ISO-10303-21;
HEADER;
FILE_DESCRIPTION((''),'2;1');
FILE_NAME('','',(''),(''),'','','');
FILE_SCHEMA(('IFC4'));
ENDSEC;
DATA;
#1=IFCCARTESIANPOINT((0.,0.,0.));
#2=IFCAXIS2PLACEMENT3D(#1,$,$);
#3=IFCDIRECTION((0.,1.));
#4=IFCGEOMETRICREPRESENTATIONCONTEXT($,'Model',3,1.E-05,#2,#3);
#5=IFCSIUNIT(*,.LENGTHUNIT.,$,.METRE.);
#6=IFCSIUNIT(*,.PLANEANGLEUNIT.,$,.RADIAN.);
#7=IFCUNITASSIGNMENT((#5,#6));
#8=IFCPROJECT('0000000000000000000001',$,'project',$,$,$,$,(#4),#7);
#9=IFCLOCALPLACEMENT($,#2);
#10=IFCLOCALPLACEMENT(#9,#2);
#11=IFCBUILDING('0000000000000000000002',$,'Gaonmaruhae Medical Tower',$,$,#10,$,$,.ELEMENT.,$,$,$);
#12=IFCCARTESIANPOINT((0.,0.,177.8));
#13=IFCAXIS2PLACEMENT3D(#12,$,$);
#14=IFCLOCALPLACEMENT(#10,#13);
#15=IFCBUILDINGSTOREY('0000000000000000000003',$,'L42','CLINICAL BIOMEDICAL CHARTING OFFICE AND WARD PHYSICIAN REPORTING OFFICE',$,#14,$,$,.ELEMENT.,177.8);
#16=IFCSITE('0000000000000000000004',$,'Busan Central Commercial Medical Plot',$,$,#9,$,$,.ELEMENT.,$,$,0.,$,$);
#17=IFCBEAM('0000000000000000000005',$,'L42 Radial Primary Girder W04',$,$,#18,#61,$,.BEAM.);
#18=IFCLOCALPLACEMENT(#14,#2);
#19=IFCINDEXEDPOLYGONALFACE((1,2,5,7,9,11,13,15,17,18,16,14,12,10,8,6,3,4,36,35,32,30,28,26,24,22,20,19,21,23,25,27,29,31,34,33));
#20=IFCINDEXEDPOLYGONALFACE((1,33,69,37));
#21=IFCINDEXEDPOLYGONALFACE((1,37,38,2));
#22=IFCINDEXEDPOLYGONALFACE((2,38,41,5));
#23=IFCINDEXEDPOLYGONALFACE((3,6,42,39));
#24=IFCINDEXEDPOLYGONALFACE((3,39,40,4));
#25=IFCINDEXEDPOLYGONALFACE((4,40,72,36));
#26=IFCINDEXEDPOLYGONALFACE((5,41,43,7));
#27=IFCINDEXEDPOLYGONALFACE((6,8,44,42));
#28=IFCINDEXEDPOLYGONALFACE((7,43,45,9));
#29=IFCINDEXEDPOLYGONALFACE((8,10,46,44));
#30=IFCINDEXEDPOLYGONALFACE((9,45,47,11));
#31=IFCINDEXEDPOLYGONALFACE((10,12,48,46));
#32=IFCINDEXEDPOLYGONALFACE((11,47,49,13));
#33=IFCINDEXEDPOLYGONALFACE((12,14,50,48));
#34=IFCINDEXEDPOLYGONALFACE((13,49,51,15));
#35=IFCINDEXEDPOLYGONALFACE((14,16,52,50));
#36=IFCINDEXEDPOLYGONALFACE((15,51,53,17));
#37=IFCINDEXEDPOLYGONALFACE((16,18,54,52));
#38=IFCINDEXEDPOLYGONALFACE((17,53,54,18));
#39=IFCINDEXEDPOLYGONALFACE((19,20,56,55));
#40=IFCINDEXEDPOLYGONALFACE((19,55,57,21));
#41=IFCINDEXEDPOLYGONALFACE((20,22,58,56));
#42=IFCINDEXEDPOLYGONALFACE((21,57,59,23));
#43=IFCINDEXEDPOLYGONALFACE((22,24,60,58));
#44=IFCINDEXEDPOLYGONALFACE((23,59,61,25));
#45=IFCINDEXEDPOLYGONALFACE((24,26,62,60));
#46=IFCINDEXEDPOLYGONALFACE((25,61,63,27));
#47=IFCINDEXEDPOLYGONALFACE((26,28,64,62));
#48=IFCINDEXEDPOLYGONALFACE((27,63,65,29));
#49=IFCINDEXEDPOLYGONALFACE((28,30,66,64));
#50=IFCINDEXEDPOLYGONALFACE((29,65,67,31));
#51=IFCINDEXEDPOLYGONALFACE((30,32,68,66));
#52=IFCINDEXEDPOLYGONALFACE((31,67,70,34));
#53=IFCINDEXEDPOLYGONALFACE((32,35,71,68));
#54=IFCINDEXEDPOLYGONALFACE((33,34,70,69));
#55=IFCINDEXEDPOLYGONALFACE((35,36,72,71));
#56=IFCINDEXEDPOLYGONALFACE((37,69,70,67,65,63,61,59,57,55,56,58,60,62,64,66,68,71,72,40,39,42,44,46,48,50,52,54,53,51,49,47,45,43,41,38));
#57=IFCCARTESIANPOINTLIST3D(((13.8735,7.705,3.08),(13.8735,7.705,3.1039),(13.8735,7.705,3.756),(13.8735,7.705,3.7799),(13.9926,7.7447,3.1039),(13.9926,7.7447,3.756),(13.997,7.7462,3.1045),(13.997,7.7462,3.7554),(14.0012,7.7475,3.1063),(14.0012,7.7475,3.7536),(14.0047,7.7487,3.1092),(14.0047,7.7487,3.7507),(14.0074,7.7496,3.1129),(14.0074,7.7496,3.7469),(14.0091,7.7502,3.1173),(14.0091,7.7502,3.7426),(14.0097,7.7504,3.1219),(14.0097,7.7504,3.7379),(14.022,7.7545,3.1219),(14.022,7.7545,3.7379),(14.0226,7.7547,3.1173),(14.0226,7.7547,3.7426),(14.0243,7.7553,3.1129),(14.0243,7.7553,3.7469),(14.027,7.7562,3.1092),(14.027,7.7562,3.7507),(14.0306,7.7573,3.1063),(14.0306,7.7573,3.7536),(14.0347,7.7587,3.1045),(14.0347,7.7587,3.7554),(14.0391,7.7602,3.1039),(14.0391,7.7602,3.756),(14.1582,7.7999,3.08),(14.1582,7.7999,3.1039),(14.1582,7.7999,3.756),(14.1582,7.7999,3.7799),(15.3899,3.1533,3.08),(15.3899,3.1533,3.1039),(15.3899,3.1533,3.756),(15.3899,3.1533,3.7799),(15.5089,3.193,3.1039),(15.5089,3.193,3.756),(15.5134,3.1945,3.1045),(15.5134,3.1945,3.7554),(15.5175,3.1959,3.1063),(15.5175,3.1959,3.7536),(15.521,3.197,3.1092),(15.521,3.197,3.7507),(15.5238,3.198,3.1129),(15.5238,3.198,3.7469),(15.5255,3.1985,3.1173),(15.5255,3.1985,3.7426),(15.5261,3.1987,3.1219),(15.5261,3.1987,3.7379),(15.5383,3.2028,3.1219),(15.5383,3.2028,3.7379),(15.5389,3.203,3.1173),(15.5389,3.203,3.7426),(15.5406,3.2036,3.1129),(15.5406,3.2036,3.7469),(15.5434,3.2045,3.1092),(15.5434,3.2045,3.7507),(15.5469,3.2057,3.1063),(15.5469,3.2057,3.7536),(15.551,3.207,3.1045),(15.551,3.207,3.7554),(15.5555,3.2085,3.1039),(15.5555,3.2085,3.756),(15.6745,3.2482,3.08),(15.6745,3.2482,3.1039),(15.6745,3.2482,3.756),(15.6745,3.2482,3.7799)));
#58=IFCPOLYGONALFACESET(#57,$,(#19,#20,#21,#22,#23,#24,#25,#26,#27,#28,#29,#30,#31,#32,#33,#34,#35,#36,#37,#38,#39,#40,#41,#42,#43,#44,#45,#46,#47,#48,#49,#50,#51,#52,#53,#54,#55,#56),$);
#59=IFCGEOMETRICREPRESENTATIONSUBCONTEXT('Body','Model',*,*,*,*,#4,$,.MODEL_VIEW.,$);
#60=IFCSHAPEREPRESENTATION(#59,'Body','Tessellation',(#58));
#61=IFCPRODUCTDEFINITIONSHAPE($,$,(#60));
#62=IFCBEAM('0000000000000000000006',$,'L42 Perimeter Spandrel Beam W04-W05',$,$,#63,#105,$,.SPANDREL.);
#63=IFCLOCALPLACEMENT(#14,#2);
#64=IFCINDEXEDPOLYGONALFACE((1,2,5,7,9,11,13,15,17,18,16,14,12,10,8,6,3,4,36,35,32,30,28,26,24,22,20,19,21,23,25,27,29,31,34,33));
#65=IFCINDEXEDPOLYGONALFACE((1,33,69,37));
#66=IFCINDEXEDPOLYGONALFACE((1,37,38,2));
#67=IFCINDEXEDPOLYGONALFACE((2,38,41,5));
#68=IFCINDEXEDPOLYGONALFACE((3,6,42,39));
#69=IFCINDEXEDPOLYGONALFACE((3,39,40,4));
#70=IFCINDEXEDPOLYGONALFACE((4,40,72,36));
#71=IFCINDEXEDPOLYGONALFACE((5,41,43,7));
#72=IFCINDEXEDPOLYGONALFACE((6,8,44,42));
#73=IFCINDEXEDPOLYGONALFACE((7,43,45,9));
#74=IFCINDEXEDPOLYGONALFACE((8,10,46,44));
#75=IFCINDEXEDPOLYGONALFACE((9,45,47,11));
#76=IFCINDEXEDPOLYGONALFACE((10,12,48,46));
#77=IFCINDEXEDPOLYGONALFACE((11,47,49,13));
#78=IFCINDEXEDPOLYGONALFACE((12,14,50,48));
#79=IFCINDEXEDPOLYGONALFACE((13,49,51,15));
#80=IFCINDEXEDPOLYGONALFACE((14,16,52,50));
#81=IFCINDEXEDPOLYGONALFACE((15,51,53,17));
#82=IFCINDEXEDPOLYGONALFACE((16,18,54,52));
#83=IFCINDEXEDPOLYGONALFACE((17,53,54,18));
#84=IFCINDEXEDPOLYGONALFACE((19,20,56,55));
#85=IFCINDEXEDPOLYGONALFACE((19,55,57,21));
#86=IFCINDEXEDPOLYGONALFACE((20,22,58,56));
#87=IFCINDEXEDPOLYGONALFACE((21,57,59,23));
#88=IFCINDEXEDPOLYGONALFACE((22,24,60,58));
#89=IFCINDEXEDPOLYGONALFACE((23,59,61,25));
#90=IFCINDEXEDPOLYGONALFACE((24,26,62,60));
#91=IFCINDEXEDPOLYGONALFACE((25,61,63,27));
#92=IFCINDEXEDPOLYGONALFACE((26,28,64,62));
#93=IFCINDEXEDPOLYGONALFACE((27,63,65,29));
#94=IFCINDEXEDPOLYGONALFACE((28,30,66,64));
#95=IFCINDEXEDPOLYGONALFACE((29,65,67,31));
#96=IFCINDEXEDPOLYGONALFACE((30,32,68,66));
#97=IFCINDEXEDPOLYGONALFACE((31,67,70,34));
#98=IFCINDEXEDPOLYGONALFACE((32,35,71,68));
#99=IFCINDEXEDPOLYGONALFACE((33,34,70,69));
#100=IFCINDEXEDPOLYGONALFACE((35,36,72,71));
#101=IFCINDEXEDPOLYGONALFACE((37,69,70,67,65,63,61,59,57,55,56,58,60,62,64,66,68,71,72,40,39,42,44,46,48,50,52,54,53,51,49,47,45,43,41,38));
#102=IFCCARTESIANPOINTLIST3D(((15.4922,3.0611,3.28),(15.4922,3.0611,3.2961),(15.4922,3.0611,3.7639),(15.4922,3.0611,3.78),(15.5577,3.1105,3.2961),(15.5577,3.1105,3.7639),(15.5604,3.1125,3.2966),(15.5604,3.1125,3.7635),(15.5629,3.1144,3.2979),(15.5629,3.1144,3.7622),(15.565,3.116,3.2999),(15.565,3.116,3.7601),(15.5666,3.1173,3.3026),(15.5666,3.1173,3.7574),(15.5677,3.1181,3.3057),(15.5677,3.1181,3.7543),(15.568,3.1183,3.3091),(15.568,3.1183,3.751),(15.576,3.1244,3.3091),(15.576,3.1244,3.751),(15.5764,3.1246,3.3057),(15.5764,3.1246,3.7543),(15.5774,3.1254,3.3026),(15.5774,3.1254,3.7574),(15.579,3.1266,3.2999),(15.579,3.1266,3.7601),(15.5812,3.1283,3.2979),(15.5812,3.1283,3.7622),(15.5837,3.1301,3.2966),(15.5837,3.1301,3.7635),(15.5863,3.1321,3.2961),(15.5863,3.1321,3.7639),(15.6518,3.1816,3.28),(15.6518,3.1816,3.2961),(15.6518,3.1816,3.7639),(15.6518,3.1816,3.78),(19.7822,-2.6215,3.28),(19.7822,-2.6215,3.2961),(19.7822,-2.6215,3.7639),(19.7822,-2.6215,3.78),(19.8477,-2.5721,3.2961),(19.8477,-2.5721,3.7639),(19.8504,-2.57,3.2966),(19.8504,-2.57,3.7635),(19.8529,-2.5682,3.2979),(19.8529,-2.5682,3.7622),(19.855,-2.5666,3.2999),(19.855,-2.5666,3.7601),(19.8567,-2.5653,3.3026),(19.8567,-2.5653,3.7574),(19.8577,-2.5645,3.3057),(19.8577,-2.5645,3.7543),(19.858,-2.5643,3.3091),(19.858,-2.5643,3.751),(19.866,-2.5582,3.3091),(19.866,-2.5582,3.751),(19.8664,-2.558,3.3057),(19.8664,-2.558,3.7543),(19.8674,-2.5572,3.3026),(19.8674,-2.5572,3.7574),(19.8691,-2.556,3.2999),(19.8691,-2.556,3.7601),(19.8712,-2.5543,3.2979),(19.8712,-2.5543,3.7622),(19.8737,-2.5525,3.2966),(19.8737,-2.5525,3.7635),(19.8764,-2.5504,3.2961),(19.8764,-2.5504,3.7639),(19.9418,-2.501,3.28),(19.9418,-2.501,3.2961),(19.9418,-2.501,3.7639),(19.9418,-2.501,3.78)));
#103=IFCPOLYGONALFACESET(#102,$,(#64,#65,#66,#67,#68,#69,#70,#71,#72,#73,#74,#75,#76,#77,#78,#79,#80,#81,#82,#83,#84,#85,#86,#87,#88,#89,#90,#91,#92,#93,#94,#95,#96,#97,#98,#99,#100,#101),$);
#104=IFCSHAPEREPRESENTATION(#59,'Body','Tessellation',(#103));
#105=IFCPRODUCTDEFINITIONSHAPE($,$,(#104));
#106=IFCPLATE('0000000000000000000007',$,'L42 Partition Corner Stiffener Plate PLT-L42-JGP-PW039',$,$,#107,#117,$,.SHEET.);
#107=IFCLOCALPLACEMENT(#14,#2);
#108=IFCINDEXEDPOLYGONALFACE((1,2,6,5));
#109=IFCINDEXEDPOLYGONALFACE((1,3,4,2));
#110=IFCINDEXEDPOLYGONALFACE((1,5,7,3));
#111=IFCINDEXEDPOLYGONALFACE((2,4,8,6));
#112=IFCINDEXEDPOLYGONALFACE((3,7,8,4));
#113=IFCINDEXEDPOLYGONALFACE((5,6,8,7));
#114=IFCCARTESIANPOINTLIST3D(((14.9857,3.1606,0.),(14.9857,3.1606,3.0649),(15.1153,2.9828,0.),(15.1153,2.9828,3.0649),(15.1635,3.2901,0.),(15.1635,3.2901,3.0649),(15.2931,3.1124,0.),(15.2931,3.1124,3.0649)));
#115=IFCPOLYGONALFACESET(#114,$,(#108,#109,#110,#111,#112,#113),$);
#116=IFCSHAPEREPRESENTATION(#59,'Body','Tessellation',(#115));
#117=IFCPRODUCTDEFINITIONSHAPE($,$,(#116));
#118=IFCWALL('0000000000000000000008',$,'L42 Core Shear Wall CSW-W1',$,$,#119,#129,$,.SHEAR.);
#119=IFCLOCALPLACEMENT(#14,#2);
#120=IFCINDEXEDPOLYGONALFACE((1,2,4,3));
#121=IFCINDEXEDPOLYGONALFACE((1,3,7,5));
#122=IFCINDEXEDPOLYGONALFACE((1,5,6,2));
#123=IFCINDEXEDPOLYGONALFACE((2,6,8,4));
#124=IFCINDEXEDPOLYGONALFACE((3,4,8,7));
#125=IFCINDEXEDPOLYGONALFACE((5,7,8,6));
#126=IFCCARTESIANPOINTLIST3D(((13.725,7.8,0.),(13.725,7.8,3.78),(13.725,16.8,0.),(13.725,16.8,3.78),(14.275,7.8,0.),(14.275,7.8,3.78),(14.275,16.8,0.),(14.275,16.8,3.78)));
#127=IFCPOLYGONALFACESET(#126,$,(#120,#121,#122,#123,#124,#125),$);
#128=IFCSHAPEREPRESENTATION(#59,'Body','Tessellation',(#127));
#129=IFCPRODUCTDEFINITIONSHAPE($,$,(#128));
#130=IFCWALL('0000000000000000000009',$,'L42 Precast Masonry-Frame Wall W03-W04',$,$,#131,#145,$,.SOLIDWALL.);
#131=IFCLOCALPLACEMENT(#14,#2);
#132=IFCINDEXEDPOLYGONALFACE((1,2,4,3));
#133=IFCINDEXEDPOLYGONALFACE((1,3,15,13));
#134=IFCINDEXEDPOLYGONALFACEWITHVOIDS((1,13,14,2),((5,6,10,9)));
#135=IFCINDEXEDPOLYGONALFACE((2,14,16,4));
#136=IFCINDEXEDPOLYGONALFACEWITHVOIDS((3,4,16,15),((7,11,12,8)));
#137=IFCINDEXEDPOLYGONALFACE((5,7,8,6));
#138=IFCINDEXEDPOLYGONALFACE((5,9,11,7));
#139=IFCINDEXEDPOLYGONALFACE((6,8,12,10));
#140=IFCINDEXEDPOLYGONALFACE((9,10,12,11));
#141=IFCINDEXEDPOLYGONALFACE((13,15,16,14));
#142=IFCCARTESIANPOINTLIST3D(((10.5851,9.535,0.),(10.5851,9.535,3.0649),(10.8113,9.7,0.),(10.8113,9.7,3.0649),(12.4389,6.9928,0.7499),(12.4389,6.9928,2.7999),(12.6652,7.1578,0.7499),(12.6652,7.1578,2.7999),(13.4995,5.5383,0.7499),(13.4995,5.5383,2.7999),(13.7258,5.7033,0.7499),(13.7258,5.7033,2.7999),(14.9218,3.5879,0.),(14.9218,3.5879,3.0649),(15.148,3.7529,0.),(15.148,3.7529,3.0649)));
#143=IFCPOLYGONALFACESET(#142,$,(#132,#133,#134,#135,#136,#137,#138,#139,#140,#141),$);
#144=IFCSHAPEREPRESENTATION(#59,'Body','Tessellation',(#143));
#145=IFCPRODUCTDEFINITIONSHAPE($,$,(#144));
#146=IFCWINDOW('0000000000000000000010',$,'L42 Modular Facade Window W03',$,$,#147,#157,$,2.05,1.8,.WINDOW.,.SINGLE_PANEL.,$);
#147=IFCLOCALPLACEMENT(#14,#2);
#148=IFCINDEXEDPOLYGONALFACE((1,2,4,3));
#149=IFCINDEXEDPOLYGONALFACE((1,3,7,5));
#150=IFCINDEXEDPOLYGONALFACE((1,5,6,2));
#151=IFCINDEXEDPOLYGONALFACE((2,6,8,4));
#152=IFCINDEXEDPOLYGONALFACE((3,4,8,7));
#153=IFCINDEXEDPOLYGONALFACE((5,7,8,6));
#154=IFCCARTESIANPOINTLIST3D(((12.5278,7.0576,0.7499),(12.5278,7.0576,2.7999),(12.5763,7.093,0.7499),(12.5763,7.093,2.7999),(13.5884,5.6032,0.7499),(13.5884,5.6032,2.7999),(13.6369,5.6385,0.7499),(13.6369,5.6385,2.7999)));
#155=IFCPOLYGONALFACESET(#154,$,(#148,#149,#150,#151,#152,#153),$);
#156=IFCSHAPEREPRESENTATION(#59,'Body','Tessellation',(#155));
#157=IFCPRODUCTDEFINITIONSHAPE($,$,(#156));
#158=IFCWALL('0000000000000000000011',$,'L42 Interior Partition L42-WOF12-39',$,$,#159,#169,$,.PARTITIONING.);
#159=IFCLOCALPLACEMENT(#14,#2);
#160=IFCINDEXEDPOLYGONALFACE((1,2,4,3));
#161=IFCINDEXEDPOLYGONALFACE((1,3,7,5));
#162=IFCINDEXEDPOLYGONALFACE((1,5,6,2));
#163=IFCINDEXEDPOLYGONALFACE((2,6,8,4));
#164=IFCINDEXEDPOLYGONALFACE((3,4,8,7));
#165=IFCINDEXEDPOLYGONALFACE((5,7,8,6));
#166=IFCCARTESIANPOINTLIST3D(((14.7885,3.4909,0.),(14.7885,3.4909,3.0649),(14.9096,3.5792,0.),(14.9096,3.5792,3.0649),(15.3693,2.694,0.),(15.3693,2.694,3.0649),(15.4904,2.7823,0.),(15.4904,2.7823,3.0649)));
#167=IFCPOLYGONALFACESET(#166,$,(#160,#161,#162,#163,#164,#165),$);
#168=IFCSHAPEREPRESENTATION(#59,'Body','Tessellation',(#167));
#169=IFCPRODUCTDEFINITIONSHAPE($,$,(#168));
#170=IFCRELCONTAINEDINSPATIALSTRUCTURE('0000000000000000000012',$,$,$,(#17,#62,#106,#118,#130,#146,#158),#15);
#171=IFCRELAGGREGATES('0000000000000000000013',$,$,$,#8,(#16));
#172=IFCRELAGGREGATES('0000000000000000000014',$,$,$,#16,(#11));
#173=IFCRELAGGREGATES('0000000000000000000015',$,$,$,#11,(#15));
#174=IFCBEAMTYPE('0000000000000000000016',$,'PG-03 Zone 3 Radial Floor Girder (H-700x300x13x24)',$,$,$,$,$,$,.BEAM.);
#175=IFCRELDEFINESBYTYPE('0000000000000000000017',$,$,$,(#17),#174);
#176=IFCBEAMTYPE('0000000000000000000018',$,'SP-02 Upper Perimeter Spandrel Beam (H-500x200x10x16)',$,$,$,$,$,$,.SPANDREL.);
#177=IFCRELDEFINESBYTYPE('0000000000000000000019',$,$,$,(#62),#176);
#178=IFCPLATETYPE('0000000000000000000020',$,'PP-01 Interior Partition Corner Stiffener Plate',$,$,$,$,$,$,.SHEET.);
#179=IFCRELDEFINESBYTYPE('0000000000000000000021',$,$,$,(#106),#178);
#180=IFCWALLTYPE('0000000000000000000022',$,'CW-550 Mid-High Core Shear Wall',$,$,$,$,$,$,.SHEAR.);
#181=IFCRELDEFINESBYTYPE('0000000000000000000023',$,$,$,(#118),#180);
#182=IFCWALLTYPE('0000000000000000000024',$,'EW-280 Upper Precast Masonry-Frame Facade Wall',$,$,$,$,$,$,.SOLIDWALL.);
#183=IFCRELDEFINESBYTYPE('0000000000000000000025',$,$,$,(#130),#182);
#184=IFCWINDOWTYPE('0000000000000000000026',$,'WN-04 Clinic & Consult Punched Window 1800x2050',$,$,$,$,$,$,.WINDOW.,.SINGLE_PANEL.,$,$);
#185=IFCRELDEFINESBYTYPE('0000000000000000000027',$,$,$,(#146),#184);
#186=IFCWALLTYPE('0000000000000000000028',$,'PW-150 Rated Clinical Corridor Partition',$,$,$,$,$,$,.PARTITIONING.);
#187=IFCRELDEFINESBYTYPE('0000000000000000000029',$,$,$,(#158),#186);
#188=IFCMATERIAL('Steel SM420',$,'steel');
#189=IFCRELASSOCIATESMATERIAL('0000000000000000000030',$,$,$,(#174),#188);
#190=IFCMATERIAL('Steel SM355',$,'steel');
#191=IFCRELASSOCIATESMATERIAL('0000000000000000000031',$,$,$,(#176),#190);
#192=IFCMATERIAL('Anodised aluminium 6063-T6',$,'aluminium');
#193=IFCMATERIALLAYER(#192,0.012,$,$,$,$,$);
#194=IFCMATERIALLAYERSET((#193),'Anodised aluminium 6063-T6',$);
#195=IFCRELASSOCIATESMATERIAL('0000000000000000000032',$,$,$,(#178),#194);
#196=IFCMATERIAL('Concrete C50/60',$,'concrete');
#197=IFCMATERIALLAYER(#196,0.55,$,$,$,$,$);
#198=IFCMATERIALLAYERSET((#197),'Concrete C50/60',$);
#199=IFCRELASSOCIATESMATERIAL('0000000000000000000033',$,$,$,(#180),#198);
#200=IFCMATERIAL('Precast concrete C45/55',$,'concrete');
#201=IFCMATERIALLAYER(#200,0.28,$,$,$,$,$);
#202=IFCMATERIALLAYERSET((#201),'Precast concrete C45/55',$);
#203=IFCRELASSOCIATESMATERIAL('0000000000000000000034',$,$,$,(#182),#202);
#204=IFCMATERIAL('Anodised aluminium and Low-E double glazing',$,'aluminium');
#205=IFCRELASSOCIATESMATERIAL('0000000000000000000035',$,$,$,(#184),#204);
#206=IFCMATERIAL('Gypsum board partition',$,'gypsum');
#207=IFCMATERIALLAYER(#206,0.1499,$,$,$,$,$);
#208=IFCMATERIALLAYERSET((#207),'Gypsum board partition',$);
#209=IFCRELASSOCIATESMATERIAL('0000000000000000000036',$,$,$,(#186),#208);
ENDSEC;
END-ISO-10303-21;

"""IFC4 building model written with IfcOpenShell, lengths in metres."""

from ifc_helpers import new_model, si_unit, direction, frame, frame_2d, origin, origin_2d, place, context, subcontext, project, spatial, rectangle, i_section, extrude, material, layer, layer_set, material_profile, profile_set, type_object, element, fill, save


model = new_model("IFC4")

# Units and contexts
model_context = context("Model", 3, precision=1e-05, world=origin(), true_north=direction((0.0, 1.0)))
body_context = subcontext(model_context, "Body", "Model", "MODEL_VIEW")
ifc_project = project(units=[si_unit("LENGTHUNIT", "METRE"), si_unit("PLANEANGLEUNIT", "RADIAN")], contexts=[model_context])

# Site, building, storey
site_placement = place(None, origin())
site = spatial("IfcSite", under=ifc_project, at=site_placement, Name="Busan Central Commercial Medical Plot", CompositionType="ELEMENT", RefElevation=0.0)
building_placement = place(site_placement, origin())
building = spatial("IfcBuilding", under=site, at=building_placement, Name="Gaonmaruhae Medical Tower", CompositionType="ELEMENT")
storey_placement = place(building_placement, frame((0.0, 0.0, 177.8)))
storey = spatial("IfcBuildingStorey", under=building, at=storey_placement, Name="L42", Description="CLINICAL BIOMEDICAL CHARTING OFFICE AND WARD PHYSICIAN REPORTING OFFICE", CompositionType="ELEMENT", Elevation=177.8)

# Shared definitions
ifc_material_1 = material(Name="Concrete C50/60", Category="concrete")

# Beams
ifc_material_2 = material(Name="Steel SM355", Category="steel")
ifc_material_3 = material(Name="Steel SM420", Category="steel")
ifc_material_profile_1 = material_profile(ifc_material_3, i_section(OverallWidth=0.3, OverallDepth=0.7, WebThickness=0.0129, FlangeThickness=0.0239, FilletRadius=0.0181, at=origin_2d()), Name="H-700x300x13x24")
ifc_profile_set_1 = profile_set([ifc_material_profile_1], Name="Steel SM420")
beam_type_1 = type_object("IfcBeamType", Name="PG-03 Zone 3 Radial Floor Girder (H-700x300x13x24)", PredefinedType="BEAM", material=ifc_profile_set_1)
beam_1_placement = place(storey_placement, frame((14.0159, 7.7524, 3.4299), z_axis=(0.31606, -0.948739, 0.0), x_axis=(0.948739, 0.31606, 0.0)))
element("IfcBeam", 1, at=beam_1_placement, inside=storey, type_object=beam_type_1, Name="L42 Radial Primary Girder W04", PredefinedType="BEAM", context=body_context, shape_type="SweptSolid", body=[
    extrude(i_section(OverallWidth=0.3, OverallDepth=0.7, WebThickness=0.0129, FlangeThickness=0.0239, FilletRadius=0.0181, at=origin_2d()), origin(), (0.0, 0.0, 1.0), 4.7976),
])
ifc_material_profile_2 = material_profile(ifc_material_2, i_section(OverallWidth=0.2, OverallDepth=0.5, WebThickness=0.01, FlangeThickness=0.0161, FilletRadius=0.0129, at=origin_2d()), Name="H-500x200x10x16")
ifc_profile_set_2 = profile_set([ifc_material_profile_2], Name="Steel SM355")
beam_type_2 = type_object("IfcBeamType", Name="SP-02 Upper Perimeter Spandrel Beam (H-500x200x10x16)", PredefinedType="SPANDREL", material=ifc_profile_set_2)
beam_2_placement = place(storey_placement, frame((15.572, 3.1213, 3.53), z_axis=(0.602521, -0.798103, 0.0), x_axis=(0.798103, 0.602521, 0.0)))
element("IfcBeam", 2, at=beam_2_placement, inside=storey, type_object=beam_type_2, Name="L42 Perimeter Spandrel Beam W04-W05", PredefinedType="SPANDREL", context=body_context, shape_type="SweptSolid", body=[
    extrude(i_section(OverallWidth=0.2, OverallDepth=0.5, WebThickness=0.01, FlangeThickness=0.0161, FilletRadius=0.0129, at=origin_2d()), origin(), (0.0, 0.0, 1.0), 7.1201),
])

# Plate
ifc_material_4 = material(Name="Anodised aluminium 6063-T6", Category="aluminium")
ifc_layer_1 = layer(ifc_material_4, 0.012)
ifc_layer_set_1 = layer_set([ifc_layer_1], Name="Anodised aluminium 6063-T6")
plate_type = type_object("IfcPlateType", Name="PP-01 Interior Partition Corner Stiffener Plate", PredefinedType="SHEET", material=ifc_layer_set_1)
plate_placement = place(storey_placement, frame((15.1394, 3.1365, 0.0), z_axis=(0.0, 0.0, 1.0), x_axis=(-0.589069, 0.808082, 0.0)))
element("IfcPlate", 3, at=plate_placement, inside=storey, type_object=plate_type, Name="L42 Partition Corner Stiffener Plate PLT-L42-JGP-PW039", PredefinedType="SHEET", context=body_context, shape_type="SweptSolid", body=[
    extrude(rectangle(XDim=0.22, YDim=0.22, at=origin_2d()), origin(), (0.0, 0.0, 1.0), 3.0649),
])

# Wall
ifc_layer_2 = layer(ifc_material_1, 0.55)
ifc_layer_set_2 = layer_set([ifc_layer_2], Name="Concrete C50/60")
wall_type_1 = type_object("IfcWallType", Name="CW-550 Mid-High Core Shear Wall", PredefinedType="SHEAR", material=ifc_layer_set_2)
wall_1_placement = place(storey_placement, frame((14.0, 16.8, 0.0), z_axis=(0.0, 0.0, 1.0), x_axis=(0.0, -1.0, 0.0)))
element("IfcWall", 4, at=wall_1_placement, inside=storey, type_object=wall_type_1, Name="L42 Core Shear Wall CSW-W1", PredefinedType="SHEAR", context=body_context, shape_type="SweptSolid", body=[
    extrude(rectangle(XDim=9.0, YDim=0.55, at=frame_2d((4.5, 0.0))), origin(), (0.0, 0.0, 1.0), 3.78),
])

# Wall, opening, window
ifc_material_5 = material(Name="Precast concrete C45/55", Category="concrete")
ifc_layer_3 = layer(ifc_material_5, 0.28)
ifc_layer_set_3 = layer_set([ifc_layer_3], Name="Precast concrete C45/55")
wall_type_2 = type_object("IfcWallType", Name="EW-280 Upper Precast Masonry-Frame Facade Wall", PredefinedType="SOLIDWALL", material=ifc_layer_set_3)
wall_2_placement = place(storey_placement, frame((15.0349, 3.6704, 0.0), z_axis=(0.0, 0.0, 1.0), x_axis=(-0.589199, 0.807988, 0.0)))
wall_2 = element("IfcWall", 5, at=wall_2_placement, inside=storey, type_object=wall_type_2, Name="L42 Precast Masonry-Frame Wall W03-W04", PredefinedType="SOLIDWALL", context=body_context, shape_type="SweptSolid", body=[
    extrude(rectangle(XDim=7.3604, YDim=0.28, at=frame_2d((3.6802, 0.0))), origin(), (0.0, 0.0, 1.0), 3.0649),
])
opening_1_placement = place(wall_2_placement, frame((2.4141, 0.0, 0.75)))
opening_1 = element("IfcOpeningElement", 6, at=opening_1_placement, cuts=wall_2, PredefinedType="OPENING", context=body_context, shape_type="SweptSolid", body=[
    extrude(rectangle(XDim=1.8, YDim=2.05, at=frame_2d((0.8999, 1.0249))), frame((0.0, 0.1499, 0.0), z_axis=(0.0, -1.0, 0.0), x_axis=(1.0, 0.0, 0.0)), (0.0, 0.0, 1.0), 0.3),
])
ifc_material_6 = material(Name="Anodised aluminium and Low-E double glazing", Category="aluminium")
window_type = type_object("IfcWindowType", Name="WN-04 Clinic & Consult Punched Window 1800x2050", PartitioningType="SINGLE_PANEL", PredefinedType="WINDOW", material=ifc_material_6)
window_placement = place(opening_1_placement, origin())
window = element("IfcWindow", 7, at=window_placement, inside=storey, type_object=window_type, Name="L42 Modular Facade Window W03", OverallHeight=2.05, OverallWidth=1.8, PartitioningType="SINGLE_PANEL", PredefinedType="WINDOW", context=body_context, shape_type="SweptSolid", body=[
    extrude(rectangle(XDim=1.8, YDim=2.05, at=frame_2d((0.8999, 1.0249))), frame((0.0, 0.03, 0.0), z_axis=(0.0, -1.0, 0.0), x_axis=(1.0, 0.0, 0.0)), (0.0, 0.0, 1.0), 0.0601),
])
fill(opening_1, window)

# Wall
ifc_material_7 = material(Name="Gypsum board partition", Category="gypsum")
ifc_layer_4 = layer(ifc_material_7, 0.1499)
ifc_layer_set_4 = layer_set([ifc_layer_4], Name="Gypsum board partition")
wall_type_3 = type_object("IfcWallType", Name="PW-150 Rated Clinical Corridor Partition", PredefinedType="PARTITIONING", material=ifc_layer_set_4)
wall_3_placement = place(storey_placement, frame((15.4299, 2.738, 0.0), z_axis=(0.0, 0.0, 1.0), x_axis=(-0.589011, 0.808125, 0.0)))
element("IfcWall", 8, at=wall_3_placement, inside=storey, type_object=wall_type_3, Name="L42 Interior Partition L42-WOF12-39", PredefinedType="PARTITIONING", context=body_context, shape_type="SweptSolid", body=[
    extrude(rectangle(XDim=0.9861, YDim=0.1499, at=frame_2d((0.4932, 0.0))), origin(), (0.0, 0.0, 1.0), 3.0649),
])

save(model, "model.ifc")
